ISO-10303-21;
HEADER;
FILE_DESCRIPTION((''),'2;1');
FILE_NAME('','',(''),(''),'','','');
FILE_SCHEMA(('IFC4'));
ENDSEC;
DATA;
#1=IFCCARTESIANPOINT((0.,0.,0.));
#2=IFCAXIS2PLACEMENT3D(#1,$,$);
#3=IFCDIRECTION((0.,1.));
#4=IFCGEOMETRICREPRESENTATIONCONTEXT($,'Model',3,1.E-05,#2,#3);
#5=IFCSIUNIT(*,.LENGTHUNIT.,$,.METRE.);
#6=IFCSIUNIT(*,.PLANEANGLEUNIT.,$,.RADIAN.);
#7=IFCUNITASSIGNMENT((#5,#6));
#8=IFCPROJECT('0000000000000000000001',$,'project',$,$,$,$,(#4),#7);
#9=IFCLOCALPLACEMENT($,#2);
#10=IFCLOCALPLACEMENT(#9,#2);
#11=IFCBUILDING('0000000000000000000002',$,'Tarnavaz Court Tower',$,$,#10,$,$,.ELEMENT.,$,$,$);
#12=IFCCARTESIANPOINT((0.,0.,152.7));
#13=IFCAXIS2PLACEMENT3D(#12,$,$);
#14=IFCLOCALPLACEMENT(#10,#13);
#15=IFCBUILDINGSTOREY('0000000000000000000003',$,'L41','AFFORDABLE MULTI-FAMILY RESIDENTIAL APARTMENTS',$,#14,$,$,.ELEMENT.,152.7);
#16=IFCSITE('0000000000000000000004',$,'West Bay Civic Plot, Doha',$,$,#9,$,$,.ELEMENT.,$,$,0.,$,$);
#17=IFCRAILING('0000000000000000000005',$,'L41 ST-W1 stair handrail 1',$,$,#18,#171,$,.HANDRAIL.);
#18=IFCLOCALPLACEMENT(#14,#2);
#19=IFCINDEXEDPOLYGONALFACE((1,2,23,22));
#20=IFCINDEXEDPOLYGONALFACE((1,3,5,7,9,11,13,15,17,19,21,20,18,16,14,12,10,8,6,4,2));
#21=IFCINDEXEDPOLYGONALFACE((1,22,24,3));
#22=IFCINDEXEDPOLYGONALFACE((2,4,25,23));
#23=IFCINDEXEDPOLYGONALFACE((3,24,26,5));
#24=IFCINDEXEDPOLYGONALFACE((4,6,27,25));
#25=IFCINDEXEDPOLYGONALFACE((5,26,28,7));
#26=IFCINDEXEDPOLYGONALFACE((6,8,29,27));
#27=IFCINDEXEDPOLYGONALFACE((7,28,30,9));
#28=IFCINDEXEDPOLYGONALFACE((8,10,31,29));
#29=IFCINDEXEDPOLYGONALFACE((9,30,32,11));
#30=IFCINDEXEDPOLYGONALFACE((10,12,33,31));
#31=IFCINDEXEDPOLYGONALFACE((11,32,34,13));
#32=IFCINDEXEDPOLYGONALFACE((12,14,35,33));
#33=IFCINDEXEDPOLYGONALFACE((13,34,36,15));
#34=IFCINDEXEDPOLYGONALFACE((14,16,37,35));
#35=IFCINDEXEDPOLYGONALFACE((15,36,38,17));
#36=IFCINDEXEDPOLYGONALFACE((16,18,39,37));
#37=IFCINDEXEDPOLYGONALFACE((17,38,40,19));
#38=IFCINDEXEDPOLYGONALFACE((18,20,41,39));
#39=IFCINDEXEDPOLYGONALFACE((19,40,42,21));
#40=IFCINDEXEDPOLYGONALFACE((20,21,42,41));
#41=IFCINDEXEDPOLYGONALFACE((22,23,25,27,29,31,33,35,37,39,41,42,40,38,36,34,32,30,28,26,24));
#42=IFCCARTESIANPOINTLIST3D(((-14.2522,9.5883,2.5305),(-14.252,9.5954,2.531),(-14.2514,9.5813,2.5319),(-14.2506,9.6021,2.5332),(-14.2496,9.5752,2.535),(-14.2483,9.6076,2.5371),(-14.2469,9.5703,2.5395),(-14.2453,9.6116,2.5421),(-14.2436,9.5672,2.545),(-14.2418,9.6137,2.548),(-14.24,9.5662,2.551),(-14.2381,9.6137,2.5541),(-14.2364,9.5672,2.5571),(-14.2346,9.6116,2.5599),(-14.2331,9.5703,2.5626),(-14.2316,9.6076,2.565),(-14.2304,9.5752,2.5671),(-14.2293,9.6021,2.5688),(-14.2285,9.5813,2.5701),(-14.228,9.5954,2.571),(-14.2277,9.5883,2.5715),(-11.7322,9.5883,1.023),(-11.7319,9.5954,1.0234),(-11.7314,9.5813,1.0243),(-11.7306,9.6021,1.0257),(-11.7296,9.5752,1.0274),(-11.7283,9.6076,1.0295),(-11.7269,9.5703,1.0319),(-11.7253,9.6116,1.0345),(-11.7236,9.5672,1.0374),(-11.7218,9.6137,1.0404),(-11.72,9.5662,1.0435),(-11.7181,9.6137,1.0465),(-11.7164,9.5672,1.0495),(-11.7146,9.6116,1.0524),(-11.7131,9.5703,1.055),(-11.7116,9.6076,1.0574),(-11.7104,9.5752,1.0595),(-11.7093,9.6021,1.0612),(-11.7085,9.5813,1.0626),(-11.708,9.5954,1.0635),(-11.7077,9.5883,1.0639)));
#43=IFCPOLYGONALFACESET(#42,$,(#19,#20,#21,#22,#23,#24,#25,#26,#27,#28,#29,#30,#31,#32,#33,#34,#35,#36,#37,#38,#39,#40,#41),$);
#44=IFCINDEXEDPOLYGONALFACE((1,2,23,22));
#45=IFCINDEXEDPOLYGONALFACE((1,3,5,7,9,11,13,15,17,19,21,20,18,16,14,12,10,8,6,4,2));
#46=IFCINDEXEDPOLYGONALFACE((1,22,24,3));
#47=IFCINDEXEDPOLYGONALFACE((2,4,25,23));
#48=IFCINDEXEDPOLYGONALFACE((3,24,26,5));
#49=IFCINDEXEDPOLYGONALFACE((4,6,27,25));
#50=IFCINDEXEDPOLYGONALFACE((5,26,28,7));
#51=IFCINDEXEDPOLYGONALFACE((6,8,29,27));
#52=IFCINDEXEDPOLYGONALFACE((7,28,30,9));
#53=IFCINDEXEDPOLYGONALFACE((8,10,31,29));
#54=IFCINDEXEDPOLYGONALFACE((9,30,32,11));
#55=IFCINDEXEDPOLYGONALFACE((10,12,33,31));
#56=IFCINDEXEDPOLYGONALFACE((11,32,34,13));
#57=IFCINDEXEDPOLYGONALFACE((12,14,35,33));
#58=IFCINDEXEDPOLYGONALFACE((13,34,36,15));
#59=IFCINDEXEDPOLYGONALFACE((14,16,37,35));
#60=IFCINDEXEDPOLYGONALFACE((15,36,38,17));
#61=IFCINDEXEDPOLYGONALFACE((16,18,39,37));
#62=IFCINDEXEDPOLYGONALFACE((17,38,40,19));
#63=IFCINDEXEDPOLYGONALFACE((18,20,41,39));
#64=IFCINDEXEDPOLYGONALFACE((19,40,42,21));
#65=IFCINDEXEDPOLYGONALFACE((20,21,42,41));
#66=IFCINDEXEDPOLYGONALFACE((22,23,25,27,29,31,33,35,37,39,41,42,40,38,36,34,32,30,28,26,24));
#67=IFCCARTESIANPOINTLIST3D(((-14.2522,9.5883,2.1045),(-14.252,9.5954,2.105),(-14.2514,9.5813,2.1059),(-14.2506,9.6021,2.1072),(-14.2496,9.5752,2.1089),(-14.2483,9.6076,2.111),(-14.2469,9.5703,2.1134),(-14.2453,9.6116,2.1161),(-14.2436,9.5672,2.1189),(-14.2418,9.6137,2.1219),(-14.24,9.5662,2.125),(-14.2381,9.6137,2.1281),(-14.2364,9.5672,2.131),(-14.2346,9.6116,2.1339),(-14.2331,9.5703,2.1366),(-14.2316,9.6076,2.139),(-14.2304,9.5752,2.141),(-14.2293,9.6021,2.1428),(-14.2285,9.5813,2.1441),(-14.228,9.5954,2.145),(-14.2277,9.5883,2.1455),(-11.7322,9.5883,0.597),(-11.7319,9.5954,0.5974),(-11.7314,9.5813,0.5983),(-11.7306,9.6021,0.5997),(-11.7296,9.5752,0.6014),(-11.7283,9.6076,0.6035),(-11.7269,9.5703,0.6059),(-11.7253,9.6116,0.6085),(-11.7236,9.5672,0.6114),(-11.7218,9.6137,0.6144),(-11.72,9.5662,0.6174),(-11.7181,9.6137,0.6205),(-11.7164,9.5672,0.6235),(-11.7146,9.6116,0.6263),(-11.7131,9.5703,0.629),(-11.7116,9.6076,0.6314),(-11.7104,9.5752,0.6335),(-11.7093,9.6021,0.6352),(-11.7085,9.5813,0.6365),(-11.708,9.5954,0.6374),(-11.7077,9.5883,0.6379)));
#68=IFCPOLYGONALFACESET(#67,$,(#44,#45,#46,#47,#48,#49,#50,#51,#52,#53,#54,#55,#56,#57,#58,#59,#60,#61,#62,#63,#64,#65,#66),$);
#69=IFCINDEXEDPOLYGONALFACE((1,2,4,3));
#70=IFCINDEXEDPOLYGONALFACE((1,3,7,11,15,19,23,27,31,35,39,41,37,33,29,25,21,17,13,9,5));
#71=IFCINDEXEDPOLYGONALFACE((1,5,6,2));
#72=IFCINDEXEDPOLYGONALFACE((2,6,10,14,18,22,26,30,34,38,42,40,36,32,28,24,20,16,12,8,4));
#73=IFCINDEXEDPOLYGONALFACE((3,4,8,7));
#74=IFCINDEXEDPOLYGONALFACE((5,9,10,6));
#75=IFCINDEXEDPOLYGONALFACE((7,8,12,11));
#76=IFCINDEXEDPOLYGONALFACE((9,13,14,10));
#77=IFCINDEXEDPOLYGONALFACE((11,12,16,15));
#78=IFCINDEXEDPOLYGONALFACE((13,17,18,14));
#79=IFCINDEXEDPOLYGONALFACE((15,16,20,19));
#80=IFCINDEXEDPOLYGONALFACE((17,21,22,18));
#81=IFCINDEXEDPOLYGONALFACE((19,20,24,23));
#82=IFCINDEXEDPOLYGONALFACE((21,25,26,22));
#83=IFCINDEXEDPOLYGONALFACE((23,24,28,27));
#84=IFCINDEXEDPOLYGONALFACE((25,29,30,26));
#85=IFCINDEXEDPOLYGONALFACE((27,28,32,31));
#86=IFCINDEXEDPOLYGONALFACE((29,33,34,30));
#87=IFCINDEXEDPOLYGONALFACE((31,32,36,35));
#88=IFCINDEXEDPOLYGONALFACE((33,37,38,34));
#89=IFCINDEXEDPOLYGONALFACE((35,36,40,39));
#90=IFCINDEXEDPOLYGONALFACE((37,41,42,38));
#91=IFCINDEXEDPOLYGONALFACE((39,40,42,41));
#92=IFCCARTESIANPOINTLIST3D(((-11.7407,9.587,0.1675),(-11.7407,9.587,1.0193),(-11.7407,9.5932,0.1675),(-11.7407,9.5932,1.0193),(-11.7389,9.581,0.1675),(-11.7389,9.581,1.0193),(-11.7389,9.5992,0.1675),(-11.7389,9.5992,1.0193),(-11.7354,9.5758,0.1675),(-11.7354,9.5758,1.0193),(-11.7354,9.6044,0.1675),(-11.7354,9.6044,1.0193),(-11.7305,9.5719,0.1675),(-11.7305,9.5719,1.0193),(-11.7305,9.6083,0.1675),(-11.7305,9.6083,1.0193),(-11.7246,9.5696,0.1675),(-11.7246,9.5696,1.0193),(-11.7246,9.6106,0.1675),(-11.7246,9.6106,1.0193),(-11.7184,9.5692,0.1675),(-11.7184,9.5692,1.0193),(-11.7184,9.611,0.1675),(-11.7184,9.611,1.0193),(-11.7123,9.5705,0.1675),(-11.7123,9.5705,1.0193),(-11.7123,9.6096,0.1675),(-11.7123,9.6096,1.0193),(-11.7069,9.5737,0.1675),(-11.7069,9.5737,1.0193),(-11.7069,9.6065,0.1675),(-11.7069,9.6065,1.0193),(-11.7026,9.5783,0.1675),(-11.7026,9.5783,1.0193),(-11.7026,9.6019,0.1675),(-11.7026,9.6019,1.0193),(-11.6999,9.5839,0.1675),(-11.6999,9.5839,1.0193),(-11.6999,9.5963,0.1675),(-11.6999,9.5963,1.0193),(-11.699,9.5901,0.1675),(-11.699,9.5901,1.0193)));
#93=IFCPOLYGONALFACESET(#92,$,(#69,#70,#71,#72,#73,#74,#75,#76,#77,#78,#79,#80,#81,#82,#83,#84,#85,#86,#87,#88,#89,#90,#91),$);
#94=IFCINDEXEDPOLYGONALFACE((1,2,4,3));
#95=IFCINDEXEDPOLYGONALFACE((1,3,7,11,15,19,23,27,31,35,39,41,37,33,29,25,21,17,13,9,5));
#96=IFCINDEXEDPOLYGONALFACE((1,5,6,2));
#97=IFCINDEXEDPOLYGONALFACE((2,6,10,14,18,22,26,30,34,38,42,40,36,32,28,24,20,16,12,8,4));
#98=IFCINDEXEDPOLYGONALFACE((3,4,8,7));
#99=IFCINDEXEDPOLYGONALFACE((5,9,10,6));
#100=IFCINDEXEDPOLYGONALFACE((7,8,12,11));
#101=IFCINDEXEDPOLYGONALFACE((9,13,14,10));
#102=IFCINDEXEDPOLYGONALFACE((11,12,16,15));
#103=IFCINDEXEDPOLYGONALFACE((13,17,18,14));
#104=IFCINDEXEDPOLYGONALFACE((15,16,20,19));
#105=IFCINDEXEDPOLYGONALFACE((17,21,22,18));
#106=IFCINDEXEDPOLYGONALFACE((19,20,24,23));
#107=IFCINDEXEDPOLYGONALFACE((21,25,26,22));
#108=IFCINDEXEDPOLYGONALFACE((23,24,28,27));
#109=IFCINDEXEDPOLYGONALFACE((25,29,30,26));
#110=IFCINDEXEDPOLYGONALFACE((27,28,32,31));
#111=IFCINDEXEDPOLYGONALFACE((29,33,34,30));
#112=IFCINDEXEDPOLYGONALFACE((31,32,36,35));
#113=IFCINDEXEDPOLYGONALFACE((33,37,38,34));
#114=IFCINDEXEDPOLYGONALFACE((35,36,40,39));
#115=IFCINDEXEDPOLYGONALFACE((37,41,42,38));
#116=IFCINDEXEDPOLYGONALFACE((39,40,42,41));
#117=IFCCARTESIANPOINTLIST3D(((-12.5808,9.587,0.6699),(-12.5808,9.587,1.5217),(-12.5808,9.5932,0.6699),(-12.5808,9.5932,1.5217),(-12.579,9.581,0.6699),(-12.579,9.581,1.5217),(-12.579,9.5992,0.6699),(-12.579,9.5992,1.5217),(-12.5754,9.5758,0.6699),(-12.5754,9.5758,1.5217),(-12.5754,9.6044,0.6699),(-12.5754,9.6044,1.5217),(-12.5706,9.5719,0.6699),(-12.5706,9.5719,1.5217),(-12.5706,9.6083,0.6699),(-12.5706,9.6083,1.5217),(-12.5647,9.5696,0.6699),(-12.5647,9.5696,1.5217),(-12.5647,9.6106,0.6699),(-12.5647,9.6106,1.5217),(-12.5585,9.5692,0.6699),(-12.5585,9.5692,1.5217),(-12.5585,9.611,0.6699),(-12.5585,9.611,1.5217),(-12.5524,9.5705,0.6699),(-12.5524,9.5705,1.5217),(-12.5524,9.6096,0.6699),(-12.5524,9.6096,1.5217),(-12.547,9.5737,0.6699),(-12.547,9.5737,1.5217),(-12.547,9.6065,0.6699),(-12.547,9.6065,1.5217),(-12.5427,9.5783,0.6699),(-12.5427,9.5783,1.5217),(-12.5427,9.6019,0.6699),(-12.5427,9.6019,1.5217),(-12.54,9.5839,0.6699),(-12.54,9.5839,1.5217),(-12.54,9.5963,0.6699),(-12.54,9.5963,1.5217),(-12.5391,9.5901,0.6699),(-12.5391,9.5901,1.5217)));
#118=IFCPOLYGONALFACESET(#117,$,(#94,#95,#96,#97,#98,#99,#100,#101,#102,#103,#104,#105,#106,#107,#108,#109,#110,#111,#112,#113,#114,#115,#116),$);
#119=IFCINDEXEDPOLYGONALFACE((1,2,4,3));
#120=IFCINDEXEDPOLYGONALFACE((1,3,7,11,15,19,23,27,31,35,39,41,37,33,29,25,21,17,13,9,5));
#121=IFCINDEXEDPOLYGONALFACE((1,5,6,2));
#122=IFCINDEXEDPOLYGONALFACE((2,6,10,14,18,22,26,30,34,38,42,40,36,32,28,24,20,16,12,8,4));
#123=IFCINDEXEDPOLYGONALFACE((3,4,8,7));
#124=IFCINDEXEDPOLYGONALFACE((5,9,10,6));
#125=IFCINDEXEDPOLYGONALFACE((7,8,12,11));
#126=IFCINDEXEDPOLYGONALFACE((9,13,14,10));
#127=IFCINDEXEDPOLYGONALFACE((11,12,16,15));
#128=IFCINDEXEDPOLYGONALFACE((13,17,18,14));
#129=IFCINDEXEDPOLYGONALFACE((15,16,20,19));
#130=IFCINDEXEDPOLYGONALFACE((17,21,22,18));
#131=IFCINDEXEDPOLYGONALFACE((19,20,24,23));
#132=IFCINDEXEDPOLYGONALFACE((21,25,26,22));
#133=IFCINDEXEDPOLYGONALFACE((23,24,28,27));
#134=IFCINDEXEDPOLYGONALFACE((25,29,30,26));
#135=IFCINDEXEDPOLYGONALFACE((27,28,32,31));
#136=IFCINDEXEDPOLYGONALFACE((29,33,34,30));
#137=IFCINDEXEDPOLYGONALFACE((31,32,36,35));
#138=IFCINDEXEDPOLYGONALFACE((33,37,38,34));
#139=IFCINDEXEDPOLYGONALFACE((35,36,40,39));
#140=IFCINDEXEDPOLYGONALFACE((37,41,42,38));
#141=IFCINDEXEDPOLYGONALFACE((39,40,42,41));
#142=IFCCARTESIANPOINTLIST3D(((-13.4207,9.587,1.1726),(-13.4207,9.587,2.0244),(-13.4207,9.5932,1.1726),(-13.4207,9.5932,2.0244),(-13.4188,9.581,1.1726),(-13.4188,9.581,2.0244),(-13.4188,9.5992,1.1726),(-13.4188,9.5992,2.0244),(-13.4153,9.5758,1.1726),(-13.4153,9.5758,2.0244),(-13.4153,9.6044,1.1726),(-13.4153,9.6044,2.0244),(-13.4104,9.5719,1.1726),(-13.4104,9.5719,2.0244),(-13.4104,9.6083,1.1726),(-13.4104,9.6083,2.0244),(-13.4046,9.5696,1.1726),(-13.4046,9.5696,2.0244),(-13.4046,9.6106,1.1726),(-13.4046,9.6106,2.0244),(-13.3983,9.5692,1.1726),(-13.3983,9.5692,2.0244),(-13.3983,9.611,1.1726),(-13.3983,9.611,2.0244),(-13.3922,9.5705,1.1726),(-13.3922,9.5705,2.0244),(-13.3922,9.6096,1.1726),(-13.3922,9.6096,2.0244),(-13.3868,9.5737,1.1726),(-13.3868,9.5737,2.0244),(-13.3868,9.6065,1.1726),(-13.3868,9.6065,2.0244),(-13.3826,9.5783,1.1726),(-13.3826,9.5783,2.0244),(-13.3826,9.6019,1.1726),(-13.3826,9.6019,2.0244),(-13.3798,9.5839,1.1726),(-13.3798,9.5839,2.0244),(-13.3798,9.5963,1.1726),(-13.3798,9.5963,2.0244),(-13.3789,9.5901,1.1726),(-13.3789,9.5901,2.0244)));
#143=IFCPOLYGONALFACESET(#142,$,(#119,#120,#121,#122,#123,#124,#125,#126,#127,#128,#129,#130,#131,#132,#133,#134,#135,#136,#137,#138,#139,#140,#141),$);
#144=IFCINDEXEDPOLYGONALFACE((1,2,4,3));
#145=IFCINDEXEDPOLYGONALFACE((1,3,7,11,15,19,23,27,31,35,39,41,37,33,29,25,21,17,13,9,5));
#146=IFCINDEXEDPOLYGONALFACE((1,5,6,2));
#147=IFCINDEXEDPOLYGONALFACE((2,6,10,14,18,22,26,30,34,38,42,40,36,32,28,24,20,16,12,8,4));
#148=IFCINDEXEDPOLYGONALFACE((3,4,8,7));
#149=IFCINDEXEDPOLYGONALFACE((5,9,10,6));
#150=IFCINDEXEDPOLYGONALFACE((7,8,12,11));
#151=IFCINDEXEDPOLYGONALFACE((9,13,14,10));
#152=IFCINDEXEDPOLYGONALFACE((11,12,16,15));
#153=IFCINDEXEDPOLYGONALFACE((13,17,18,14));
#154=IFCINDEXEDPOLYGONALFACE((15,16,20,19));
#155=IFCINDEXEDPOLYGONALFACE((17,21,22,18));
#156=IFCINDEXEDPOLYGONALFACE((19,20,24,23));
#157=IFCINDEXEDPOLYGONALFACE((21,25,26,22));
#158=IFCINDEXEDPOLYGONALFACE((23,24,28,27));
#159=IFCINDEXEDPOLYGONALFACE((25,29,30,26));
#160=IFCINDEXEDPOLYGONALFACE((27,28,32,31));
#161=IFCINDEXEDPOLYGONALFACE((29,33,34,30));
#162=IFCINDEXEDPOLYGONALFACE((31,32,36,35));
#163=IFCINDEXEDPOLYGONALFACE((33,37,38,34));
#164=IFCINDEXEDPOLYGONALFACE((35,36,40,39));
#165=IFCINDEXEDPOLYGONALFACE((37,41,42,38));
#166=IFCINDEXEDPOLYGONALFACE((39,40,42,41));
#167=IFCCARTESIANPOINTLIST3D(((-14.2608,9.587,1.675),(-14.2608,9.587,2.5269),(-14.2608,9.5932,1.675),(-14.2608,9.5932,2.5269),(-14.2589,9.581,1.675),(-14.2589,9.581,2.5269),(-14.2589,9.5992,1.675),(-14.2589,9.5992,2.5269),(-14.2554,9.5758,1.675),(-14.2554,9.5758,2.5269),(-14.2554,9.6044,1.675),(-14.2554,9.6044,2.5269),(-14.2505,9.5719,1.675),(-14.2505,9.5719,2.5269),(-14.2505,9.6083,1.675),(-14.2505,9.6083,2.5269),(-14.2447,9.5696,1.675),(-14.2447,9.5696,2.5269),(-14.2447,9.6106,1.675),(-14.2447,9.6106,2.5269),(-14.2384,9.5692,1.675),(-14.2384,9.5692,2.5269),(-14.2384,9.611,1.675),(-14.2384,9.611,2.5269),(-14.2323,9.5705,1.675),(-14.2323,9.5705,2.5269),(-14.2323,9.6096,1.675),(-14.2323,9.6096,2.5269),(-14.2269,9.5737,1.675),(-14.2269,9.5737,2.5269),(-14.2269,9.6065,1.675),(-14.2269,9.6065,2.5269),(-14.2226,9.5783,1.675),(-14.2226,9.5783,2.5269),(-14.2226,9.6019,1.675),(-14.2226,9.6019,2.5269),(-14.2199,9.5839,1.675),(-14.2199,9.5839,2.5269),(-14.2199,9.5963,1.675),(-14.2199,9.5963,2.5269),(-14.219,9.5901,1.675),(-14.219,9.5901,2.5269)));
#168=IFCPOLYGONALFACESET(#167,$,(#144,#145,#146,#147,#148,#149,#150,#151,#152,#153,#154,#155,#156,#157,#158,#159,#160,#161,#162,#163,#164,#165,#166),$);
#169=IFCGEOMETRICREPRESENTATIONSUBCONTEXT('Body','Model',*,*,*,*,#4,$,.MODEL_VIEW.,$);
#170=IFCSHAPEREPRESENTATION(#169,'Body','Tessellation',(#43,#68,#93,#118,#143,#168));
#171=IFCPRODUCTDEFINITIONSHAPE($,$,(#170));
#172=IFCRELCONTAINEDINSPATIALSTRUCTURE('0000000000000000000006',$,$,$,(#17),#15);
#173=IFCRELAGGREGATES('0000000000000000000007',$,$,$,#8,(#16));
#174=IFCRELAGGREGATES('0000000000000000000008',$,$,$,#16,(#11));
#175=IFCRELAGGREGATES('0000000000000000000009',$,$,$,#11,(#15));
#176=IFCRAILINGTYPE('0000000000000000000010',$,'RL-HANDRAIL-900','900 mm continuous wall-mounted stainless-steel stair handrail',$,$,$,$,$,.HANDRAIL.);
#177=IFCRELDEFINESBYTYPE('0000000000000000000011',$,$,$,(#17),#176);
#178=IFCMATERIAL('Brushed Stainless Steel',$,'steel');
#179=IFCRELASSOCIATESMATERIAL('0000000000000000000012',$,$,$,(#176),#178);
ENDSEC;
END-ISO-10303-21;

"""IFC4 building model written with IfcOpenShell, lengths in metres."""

from ifc_helpers import new_model, si_unit, direction, frame, origin, origin_2d, place, context, subcontext, project, spatial, circle, extrude, material, type_object, element, save


model = new_model("IFC4")

# Units and contexts
model_context = context("Model", 3, precision=1e-05, world=origin(), true_north=direction((0.0, 1.0)))
body_context = subcontext(model_context, "Body", "Model", "MODEL_VIEW")
ifc_project = project(units=[si_unit("LENGTHUNIT", "METRE"), si_unit("PLANEANGLEUNIT", "RADIAN")], contexts=[model_context])

# Site, building, storey
site_placement = place(None, origin())
site = spatial("IfcSite", under=ifc_project, at=site_placement, Name="West Bay Civic Plot, Doha", CompositionType="ELEMENT", RefElevation=0.0)
building_placement = place(site_placement, origin())
building = spatial("IfcBuilding", under=site, at=building_placement, Name="Tarnavaz Court Tower", CompositionType="ELEMENT")
storey_placement = place(building_placement, frame((0.0, 0.0, 152.7)))
storey = spatial("IfcBuildingStorey", under=building, at=storey_placement, Name="L41", Description="AFFORDABLE MULTI-FAMILY RESIDENTIAL APARTMENTS", CompositionType="ELEMENT", Elevation=152.7)

# Railing
ifc_material_1 = material(Name="Brushed Stainless Steel", Category="steel")
railing_type_1 = type_object("IfcRailingType", Name="RL-HANDRAIL-900", Description="900 mm continuous wall-mounted stainless-steel stair handrail", PredefinedType="HANDRAIL", material=ifc_material_1)
railing_1_placement = place(storey_placement, frame((-11.72, 9.5901, 0.1675)))
element("IfcRailing", 1, at=railing_1_placement, inside=storey, type_object=railing_type_1, Name="L41 ST-W1 stair handrail 1", PredefinedType="HANDRAIL", context=body_context, shape_type="SweptSolid", body=[
    extrude(circle(Radius=0.0239, at=origin_2d()), frame((0.0, 0.0, 0.876), z_axis=(-0.85816, 0.0, 0.513383), x_axis=(0.0, -1.0, 0.0)), (0.0, 0.0, 1.0), 2.9365),
    extrude(circle(Radius=0.0239, at=origin_2d()), frame((0.0, 0.0, 0.45), z_axis=(-0.85816, 0.0, 0.513383), x_axis=(0.0, -1.0, 0.0)), (0.0, 0.0, 1.0), 2.9365),
    extrude(circle(Radius=0.021, at=origin_2d()), origin(), (0.0, 0.0, 1.0), 0.8518),
    extrude(circle(Radius=0.021, at=origin_2d()), frame((-0.8401, 0.0, 0.5024)), (0.0, 0.0, 1.0), 0.8518),
    extrude(circle(Radius=0.021, at=origin_2d()), frame((-1.6799, 0.0, 1.0051)), (0.0, 0.0, 1.0), 0.8518),
    extrude(circle(Radius=0.021, at=origin_2d()), frame((-2.52, 0.0, 1.5076)), (0.0, 0.0, 1.0), 0.8518),
])

save(model, "model.ifc")
